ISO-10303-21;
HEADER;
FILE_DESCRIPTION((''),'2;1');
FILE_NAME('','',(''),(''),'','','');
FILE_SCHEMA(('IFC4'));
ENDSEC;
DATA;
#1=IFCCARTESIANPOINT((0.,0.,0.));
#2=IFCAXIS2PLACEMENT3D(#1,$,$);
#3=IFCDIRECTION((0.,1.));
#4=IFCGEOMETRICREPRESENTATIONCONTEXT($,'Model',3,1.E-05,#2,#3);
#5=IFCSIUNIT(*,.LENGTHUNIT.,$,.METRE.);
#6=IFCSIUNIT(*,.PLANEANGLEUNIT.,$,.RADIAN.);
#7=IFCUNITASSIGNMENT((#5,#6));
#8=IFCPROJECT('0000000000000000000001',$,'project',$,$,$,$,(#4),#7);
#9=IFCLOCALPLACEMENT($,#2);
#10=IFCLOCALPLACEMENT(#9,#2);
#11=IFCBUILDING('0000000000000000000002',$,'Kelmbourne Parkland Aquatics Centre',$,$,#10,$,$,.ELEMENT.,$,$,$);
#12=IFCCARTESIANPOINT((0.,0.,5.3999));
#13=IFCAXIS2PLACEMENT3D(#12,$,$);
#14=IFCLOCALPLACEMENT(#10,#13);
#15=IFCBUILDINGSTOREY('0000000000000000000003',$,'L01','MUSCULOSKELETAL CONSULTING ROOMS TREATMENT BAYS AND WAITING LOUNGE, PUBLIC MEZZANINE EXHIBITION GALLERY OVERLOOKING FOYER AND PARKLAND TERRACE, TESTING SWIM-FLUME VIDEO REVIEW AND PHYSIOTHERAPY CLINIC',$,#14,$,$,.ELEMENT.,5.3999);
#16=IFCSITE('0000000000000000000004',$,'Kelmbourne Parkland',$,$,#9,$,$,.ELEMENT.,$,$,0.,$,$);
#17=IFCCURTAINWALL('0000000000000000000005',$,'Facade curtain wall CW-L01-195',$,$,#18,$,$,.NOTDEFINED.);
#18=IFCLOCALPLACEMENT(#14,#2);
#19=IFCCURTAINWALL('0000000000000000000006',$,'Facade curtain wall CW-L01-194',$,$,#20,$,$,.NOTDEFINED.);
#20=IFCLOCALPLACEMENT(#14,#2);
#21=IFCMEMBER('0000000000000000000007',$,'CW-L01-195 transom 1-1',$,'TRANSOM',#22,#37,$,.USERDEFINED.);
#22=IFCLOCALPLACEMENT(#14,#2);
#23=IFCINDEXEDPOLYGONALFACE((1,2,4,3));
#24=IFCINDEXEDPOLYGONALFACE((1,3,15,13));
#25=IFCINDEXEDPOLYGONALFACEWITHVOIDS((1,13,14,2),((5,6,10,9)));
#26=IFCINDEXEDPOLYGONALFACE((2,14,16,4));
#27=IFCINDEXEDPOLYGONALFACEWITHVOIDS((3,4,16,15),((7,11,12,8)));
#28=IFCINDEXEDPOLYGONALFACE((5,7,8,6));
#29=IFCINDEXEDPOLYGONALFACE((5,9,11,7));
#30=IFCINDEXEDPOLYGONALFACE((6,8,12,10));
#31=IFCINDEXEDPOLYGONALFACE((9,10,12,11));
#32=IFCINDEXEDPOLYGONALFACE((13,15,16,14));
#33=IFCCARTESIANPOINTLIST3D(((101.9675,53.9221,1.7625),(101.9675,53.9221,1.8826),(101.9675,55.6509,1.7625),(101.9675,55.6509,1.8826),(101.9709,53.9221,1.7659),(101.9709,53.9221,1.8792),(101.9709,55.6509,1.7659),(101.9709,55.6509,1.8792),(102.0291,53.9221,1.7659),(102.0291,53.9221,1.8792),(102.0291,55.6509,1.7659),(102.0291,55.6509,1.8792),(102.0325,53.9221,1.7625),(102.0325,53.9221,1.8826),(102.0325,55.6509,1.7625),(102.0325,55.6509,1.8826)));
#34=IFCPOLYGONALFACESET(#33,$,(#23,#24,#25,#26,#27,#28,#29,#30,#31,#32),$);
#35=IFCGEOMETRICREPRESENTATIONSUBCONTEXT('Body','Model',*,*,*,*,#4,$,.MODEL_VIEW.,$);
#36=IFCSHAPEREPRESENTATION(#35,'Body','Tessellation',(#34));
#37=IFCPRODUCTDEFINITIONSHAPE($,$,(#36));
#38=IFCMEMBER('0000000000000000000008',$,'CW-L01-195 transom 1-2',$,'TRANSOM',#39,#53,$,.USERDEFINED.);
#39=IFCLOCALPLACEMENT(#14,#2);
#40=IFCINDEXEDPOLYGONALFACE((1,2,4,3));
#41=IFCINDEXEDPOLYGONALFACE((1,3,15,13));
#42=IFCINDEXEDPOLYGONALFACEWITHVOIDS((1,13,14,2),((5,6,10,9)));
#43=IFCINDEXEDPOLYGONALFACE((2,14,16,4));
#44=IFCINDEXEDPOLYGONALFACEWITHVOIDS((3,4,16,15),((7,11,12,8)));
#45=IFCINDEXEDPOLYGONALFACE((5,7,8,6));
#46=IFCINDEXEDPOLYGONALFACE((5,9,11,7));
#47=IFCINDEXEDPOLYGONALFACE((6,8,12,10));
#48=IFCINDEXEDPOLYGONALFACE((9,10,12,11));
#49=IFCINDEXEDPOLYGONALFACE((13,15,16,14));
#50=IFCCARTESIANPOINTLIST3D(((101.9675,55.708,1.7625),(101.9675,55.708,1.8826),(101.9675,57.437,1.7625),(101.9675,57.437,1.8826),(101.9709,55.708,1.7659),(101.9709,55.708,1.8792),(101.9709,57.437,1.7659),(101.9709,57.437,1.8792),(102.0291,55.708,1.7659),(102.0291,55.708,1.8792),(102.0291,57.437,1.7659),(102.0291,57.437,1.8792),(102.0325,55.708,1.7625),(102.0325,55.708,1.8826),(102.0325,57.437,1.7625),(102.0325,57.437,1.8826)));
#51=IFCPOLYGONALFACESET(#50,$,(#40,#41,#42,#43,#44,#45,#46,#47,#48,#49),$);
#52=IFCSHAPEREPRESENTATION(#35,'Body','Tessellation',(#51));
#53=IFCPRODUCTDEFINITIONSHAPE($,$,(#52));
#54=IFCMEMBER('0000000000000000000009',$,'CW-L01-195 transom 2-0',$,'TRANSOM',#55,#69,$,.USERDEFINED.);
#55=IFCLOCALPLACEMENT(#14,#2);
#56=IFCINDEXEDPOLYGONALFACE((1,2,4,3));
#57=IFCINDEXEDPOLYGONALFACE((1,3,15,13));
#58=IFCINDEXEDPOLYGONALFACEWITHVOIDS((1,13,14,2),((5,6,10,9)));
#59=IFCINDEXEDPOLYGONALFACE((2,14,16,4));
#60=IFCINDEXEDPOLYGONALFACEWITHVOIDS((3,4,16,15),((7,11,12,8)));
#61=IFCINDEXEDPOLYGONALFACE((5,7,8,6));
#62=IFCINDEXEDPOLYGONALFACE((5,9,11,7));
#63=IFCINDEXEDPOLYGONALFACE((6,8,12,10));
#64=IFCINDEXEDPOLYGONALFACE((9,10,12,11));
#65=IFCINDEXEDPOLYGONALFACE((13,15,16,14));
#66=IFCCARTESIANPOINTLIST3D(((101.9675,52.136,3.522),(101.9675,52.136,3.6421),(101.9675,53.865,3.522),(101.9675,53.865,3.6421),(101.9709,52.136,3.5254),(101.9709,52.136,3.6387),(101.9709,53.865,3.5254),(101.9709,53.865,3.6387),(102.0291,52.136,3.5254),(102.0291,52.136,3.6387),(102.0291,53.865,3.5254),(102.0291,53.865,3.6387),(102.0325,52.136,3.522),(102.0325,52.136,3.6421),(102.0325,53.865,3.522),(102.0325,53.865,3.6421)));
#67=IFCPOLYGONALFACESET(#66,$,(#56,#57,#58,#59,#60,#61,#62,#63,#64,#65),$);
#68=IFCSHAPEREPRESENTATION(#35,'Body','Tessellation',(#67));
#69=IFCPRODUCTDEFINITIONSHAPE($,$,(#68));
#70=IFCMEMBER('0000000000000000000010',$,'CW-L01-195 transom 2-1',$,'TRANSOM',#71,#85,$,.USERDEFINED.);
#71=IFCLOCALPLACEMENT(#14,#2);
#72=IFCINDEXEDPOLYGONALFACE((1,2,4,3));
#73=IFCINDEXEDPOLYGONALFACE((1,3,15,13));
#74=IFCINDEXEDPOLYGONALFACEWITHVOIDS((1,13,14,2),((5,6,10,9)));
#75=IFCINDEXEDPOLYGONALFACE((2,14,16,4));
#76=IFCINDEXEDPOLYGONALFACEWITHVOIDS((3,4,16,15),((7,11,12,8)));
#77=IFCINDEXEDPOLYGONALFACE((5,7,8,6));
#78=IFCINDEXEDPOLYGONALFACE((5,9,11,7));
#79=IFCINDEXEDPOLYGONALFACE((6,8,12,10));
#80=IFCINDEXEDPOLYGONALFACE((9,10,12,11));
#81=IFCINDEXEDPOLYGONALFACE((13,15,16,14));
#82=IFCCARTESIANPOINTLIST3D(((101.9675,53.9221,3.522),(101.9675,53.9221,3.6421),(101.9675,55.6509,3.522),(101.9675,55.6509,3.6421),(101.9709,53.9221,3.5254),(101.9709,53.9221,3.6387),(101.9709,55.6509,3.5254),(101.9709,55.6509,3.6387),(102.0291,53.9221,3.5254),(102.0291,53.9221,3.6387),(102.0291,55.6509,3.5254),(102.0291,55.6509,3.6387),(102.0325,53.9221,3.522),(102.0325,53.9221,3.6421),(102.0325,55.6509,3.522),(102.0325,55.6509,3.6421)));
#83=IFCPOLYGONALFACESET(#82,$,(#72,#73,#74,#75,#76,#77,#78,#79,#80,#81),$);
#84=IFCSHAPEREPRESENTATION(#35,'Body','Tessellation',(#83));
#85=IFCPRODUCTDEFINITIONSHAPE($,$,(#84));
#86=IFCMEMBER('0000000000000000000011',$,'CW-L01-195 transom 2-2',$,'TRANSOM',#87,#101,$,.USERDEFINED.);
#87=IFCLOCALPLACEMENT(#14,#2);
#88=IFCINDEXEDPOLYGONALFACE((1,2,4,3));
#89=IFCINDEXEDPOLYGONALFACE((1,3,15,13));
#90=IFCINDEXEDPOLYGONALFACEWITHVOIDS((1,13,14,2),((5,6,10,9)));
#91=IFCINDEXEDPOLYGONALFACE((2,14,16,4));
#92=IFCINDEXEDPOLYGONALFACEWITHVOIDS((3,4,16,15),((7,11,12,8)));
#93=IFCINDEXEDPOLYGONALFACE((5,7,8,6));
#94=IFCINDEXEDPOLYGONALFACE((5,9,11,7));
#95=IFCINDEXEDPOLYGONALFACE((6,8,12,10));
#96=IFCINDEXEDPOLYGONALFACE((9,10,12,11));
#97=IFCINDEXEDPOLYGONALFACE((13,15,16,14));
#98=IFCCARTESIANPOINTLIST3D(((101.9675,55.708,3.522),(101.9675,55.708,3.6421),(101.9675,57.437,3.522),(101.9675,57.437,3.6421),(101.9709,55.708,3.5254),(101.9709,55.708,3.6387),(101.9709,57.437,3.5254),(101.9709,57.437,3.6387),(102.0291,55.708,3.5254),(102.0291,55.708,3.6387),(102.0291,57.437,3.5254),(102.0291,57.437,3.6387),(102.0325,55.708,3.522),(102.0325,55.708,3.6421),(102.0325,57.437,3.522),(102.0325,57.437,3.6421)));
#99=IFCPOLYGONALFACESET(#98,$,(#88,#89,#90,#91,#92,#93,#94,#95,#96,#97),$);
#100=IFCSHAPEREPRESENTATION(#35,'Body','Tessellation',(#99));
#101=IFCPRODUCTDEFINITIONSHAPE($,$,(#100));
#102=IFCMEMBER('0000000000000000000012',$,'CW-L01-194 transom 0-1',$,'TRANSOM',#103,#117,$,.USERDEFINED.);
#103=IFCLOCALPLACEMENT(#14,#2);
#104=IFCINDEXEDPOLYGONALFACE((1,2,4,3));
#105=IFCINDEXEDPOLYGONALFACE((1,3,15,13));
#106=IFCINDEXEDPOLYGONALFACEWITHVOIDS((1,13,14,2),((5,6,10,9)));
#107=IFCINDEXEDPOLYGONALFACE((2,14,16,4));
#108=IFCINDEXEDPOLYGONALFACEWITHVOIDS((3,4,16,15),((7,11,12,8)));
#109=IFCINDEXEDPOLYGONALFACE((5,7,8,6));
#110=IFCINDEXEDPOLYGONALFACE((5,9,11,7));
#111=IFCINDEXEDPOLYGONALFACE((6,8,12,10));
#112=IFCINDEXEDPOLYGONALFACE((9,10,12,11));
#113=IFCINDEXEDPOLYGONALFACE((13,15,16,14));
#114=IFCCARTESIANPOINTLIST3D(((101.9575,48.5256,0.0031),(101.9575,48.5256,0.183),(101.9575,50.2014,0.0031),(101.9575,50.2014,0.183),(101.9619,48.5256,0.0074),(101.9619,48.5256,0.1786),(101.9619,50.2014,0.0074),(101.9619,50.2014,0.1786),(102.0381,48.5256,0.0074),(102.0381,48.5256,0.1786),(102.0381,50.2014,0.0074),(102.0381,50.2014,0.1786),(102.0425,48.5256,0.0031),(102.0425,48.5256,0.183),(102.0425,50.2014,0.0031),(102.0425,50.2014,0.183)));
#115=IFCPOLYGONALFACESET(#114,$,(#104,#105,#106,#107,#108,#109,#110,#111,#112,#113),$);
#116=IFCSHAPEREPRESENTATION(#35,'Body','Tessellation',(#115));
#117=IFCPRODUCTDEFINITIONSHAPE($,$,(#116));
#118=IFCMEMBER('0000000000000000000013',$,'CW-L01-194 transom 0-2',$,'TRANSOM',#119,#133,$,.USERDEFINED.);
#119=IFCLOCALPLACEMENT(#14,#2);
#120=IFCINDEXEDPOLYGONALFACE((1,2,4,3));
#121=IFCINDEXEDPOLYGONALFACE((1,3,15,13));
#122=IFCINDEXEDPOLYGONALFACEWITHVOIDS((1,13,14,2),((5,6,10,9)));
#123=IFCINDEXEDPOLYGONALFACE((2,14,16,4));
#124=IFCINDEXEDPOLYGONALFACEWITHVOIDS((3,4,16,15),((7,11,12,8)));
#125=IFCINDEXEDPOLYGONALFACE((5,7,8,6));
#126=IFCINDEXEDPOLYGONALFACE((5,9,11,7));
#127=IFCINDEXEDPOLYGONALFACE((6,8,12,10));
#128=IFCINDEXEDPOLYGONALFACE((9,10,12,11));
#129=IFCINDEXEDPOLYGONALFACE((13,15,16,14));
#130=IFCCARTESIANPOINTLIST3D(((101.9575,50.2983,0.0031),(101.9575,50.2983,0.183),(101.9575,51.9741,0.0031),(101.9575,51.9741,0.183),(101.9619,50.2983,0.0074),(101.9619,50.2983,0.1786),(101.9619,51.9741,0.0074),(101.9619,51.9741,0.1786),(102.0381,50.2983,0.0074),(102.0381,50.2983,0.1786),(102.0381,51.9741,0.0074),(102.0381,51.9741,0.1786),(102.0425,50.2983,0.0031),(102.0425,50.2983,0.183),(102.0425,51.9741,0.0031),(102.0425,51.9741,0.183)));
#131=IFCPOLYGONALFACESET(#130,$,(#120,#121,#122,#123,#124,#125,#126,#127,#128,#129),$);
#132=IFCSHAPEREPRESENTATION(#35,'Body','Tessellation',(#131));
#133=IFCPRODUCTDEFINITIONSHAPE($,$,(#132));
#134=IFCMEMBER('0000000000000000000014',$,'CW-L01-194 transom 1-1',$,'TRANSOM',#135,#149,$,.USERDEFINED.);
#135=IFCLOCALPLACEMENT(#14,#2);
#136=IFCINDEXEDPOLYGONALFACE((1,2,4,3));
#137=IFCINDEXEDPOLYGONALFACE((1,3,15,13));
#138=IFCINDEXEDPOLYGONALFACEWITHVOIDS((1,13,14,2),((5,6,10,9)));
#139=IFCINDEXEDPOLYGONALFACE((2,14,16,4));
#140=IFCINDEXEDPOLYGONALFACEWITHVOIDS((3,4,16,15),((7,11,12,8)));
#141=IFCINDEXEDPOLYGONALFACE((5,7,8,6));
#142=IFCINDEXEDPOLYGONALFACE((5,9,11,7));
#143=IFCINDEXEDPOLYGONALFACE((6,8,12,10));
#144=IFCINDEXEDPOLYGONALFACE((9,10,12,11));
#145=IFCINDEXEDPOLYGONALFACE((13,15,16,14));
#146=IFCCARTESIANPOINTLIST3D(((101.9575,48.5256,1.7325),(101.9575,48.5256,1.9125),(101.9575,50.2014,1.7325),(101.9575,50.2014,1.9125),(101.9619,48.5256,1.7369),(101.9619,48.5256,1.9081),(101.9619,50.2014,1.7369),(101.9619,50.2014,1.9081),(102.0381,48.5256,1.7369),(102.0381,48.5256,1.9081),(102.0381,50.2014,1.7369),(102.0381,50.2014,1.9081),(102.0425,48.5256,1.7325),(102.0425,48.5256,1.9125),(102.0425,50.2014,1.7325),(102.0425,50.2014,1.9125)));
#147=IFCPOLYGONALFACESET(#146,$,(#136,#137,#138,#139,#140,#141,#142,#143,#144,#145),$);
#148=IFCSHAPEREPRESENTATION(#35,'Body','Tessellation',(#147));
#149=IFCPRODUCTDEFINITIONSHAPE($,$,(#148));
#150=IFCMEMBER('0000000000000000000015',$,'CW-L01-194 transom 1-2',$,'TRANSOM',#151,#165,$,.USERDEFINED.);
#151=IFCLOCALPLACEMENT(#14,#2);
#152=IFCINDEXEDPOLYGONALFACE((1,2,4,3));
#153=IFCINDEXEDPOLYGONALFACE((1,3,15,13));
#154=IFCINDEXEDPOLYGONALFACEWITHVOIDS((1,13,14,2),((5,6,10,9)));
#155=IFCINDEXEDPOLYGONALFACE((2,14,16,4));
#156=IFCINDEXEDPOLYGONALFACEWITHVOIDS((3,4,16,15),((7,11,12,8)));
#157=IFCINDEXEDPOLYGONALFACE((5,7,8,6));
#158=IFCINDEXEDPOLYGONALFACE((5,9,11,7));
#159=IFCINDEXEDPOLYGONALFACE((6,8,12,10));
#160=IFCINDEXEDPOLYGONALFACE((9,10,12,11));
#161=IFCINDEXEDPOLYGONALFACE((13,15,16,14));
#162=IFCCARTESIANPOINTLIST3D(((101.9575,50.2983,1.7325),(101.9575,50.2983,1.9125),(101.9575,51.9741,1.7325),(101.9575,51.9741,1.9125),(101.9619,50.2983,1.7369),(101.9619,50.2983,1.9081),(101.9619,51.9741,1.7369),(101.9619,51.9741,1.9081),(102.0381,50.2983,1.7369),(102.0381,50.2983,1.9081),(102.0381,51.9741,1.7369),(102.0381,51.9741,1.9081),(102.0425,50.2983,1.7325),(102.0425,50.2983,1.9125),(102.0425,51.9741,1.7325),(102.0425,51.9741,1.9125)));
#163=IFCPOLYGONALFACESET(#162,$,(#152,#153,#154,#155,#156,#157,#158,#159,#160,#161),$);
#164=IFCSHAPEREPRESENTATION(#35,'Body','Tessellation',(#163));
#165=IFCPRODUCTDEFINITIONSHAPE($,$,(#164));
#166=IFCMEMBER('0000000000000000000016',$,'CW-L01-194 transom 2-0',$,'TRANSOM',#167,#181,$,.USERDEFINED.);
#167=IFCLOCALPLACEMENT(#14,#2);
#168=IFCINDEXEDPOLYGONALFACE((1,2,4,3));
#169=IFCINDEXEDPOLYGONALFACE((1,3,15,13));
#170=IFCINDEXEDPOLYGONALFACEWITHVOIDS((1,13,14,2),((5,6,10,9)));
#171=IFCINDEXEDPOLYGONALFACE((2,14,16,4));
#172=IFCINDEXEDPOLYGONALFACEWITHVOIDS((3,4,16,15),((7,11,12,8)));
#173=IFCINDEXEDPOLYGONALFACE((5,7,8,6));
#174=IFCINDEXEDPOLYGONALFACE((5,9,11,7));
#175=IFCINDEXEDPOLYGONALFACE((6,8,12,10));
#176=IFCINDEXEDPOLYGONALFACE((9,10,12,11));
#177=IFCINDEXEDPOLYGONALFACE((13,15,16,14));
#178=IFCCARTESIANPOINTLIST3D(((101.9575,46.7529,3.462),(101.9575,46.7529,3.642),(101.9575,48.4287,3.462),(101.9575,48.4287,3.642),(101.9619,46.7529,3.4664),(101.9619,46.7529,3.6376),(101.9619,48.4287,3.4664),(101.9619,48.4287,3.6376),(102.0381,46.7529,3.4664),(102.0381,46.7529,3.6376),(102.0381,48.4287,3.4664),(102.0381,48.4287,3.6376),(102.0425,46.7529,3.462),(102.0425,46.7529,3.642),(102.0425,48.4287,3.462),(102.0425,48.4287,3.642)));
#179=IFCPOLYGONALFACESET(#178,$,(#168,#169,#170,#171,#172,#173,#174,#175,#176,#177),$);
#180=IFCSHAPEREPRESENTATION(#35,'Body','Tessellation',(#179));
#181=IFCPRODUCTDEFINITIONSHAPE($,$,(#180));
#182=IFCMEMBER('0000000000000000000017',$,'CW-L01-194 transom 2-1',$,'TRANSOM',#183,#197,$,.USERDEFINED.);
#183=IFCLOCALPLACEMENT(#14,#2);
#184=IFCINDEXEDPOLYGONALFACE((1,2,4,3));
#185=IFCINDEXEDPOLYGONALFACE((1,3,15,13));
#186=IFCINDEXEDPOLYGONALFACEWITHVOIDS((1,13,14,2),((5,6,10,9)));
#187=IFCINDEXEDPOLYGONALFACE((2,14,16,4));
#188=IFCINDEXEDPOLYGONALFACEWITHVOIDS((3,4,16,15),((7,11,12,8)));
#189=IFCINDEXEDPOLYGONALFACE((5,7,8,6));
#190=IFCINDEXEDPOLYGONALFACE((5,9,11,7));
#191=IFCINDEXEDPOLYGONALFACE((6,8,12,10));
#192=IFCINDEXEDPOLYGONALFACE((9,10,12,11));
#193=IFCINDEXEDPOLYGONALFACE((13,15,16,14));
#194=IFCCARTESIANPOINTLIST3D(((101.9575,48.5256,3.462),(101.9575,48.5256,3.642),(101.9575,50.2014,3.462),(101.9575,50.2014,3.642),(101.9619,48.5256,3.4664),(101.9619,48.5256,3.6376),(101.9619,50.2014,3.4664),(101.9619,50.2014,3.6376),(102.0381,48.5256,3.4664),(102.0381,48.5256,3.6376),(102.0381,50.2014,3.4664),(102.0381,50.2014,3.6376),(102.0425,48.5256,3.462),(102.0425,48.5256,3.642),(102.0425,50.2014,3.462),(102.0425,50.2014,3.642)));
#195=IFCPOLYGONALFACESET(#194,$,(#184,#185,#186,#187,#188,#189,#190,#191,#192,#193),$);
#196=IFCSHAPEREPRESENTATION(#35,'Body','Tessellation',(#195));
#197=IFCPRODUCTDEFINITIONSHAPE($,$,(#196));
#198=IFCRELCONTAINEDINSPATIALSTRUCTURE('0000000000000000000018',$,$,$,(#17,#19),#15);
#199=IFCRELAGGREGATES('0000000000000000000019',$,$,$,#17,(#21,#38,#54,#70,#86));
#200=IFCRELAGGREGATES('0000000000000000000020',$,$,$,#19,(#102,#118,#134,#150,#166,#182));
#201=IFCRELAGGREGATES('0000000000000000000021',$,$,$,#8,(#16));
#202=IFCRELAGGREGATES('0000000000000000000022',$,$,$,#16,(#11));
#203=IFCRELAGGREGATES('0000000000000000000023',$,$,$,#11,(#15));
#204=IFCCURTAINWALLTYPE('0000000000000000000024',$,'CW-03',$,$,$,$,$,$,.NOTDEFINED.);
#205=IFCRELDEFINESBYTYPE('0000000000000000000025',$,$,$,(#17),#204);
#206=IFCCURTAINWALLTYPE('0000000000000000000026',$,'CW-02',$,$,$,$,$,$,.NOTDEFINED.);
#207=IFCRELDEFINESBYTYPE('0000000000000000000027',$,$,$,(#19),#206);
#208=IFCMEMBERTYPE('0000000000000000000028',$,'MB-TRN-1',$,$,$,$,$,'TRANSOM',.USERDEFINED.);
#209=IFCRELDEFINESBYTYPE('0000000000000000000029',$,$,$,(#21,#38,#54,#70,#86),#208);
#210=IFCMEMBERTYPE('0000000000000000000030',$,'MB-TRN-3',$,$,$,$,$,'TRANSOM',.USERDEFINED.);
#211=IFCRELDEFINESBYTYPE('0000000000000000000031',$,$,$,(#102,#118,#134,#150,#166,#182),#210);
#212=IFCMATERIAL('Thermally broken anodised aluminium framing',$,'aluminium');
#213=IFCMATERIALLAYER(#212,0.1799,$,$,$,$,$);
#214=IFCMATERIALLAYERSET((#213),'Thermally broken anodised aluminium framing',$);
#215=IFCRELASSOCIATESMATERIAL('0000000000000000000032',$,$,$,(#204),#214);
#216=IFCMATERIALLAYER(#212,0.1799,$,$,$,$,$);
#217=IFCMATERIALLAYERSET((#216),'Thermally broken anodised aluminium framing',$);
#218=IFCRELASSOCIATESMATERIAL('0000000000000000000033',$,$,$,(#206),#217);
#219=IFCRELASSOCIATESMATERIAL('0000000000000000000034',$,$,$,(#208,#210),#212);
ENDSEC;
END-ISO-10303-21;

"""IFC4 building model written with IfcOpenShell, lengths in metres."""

from ifc_helpers import new_model, si_unit, direction, frame, origin, origin_2d, place, context, subcontext, project, spatial, hollow_rectangle, extrude, material, layer, layer_set, material_profile, profile_set, type_object, element, aggregate, save


model = new_model("IFC4")

# Units and contexts
model_context = context("Model", 3, precision=1e-05, world=origin(), true_north=direction((0.0, 1.0)))
body_context = subcontext(model_context, "Body", "Model", "MODEL_VIEW")
ifc_project = project(units=[si_unit("LENGTHUNIT", "METRE"), si_unit("PLANEANGLEUNIT", "RADIAN")], contexts=[model_context])

# Site, building, storey
site_placement = place(None, origin())
site = spatial("IfcSite", under=ifc_project, at=site_placement, Name="Kelmbourne Parkland", CompositionType="ELEMENT", RefElevation=0.0)
building_placement = place(site_placement, origin())
building = spatial("IfcBuilding", under=site, at=building_placement, Name="Kelmbourne Parkland Aquatics Centre", CompositionType="ELEMENT")
storey_placement = place(building_placement, frame((0.0, 0.0, 5.3999)))
storey = spatial("IfcBuildingStorey", under=building, at=storey_placement, Name="L01", Description="MUSCULOSKELETAL CONSULTING ROOMS TREATMENT BAYS AND WAITING LOUNGE, PUBLIC MEZZANINE EXHIBITION GALLERY OVERLOOKING FOYER AND PARKLAND TERRACE, TESTING SWIM-FLUME VIDEO REVIEW AND PHYSIOTHERAPY CLINIC", CompositionType="ELEMENT", Elevation=5.3999)

# Curtain walls
ifc_material_1 = material(Name="Thermally broken anodised aluminium framing", Category="aluminium")
ifc_layer_1 = layer(ifc_material_1, 0.1799)
ifc_layer_set_1 = layer_set([ifc_layer_1], Name="Thermally broken anodised aluminium framing")
curtain_wall_type_1 = type_object("IfcCurtainWallType", Name="CW-03", PredefinedType="NOTDEFINED", material=ifc_layer_set_1)
curtain_wall_1_placement = place(storey_placement, origin())
curtain_wall_1 = element("IfcCurtainWall", 1, at=curtain_wall_1_placement, inside=storey, type_object=curtain_wall_type_1, Name="Facade curtain wall CW-L01-195", PredefinedType="NOTDEFINED")
ifc_layer_2 = layer(ifc_material_1, 0.1799)
ifc_layer_set_2 = layer_set([ifc_layer_2], Name="Thermally broken anodised aluminium framing")
curtain_wall_type_2 = type_object("IfcCurtainWallType", Name="CW-02", PredefinedType="NOTDEFINED", material=ifc_layer_set_2)
curtain_wall_2_placement = place(storey_placement, origin())
curtain_wall_2 = element("IfcCurtainWall", 2, at=curtain_wall_2_placement, inside=storey, type_object=curtain_wall_type_2, Name="Facade curtain wall CW-L01-194", PredefinedType="NOTDEFINED")

# Members
ifc_material_profile_1 = material_profile(ifc_material_1, hollow_rectangle(XDim=0.0649, YDim=0.1201, WallThickness=0.0034, at=origin_2d()), Name="CW-T 65x120")
ifc_profile_set_1 = profile_set([ifc_material_profile_1], Name="Thermally broken anodised aluminium framing")
member_type_1 = type_object("IfcMemberType", Name="MB-TRN-1", ElementType="TRANSOM", PredefinedType="USERDEFINED", material=ifc_profile_set_1)
member_1_placement = place(storey_placement, frame((102.0, 53.9221, 1.8225), z_axis=(0.0, 1.0, 0.0), x_axis=(-1.0, 0.0, 0.0)))
member_1 = element("IfcMember", 3, at=member_1_placement, type_object=member_type_1, Name="CW-L01-195 transom 1-1", ObjectType="TRANSOM", PredefinedType="USERDEFINED", context=body_context, shape_type="SweptSolid", body=[
    extrude(hollow_rectangle(XDim=0.0649, YDim=0.1201, WallThickness=0.0034, at=origin_2d()), origin(), (0.0, 0.0, 1.0), 1.7288),
])
member_2_placement = place(storey_placement, frame((102.0, 55.708, 1.8225), z_axis=(0.0, 1.0, 0.0), x_axis=(-1.0, 0.0, 0.0)))
member_2 = element("IfcMember", 4, at=member_2_placement, type_object=member_type_1, Name="CW-L01-195 transom 1-2", ObjectType="TRANSOM", PredefinedType="USERDEFINED", context=body_context, shape_type="SweptSolid", body=[
    extrude(hollow_rectangle(XDim=0.0649, YDim=0.1201, WallThickness=0.0034, at=origin_2d()), origin(), (0.0, 0.0, 1.0), 1.729),
])
member_3_placement = place(storey_placement, frame((102.0, 52.136, 3.582), z_axis=(0.0, 1.0, 0.0), x_axis=(-1.0, 0.0, 0.0)))
member_3 = element("IfcMember", 5, at=member_3_placement, type_object=member_type_1, Name="CW-L01-195 transom 2-0", ObjectType="TRANSOM", PredefinedType="USERDEFINED", context=body_context, shape_type="SweptSolid", body=[
    extrude(hollow_rectangle(XDim=0.0649, YDim=0.1201, WallThickness=0.0034, at=origin_2d()), origin(), (0.0, 0.0, 1.0), 1.729),
])
member_4_placement = place(storey_placement, frame((102.0, 53.9221, 3.582), z_axis=(0.0, 1.0, 0.0), x_axis=(-1.0, 0.0, 0.0)))
member_4 = element("IfcMember", 6, at=member_4_placement, type_object=member_type_1, Name="CW-L01-195 transom 2-1", ObjectType="TRANSOM", PredefinedType="USERDEFINED", context=body_context, shape_type="SweptSolid", body=[
    extrude(hollow_rectangle(XDim=0.0649, YDim=0.1201, WallThickness=0.0034, at=origin_2d()), origin(), (0.0, 0.0, 1.0), 1.7288),
])
member_5_placement = place(storey_placement, frame((102.0, 55.708, 3.582), z_axis=(0.0, 1.0, 0.0), x_axis=(-1.0, 0.0, 0.0)))
member_5 = element("IfcMember", 7, at=member_5_placement, type_object=member_type_1, Name="CW-L01-195 transom 2-2", ObjectType="TRANSOM", PredefinedType="USERDEFINED", context=body_context, shape_type="SweptSolid", body=[
    extrude(hollow_rectangle(XDim=0.0649, YDim=0.1201, WallThickness=0.0034, at=origin_2d()), origin(), (0.0, 0.0, 1.0), 1.729),
])
ifc_material_profile_2 = material_profile(ifc_material_1, hollow_rectangle(XDim=0.085, YDim=0.1799, WallThickness=0.0044, at=origin_2d()), Name="CW-T 85x180")
ifc_profile_set_2 = profile_set([ifc_material_profile_2], Name="Thermally broken anodised aluminium framing")
member_type_2 = type_object("IfcMemberType", Name="MB-TRN-3", ElementType="TRANSOM", PredefinedType="USERDEFINED", material=ifc_profile_set_2)
member_6_placement = place(storey_placement, frame((102.0, 48.5256, 0.093), z_axis=(0.0, 1.0, 0.0), x_axis=(-1.0, 0.0, 0.0)))
member_6 = element("IfcMember", 8, at=member_6_placement, type_object=member_type_2, Name="CW-L01-194 transom 0-1", ObjectType="TRANSOM", PredefinedType="USERDEFINED", context=body_context, shape_type="SweptSolid", body=[
    extrude(hollow_rectangle(XDim=0.085, YDim=0.1799, WallThickness=0.0044, at=origin_2d()), origin(), (0.0, 0.0, 1.0), 1.6758),
])
member_7_placement = place(storey_placement, frame((102.0, 50.2983, 0.093), z_axis=(0.0, 1.0, 0.0), x_axis=(-1.0, 0.0, 0.0)))
member_7 = element("IfcMember", 9, at=member_7_placement, type_object=member_type_2, Name="CW-L01-194 transom 0-2", ObjectType="TRANSOM", PredefinedType="USERDEFINED", context=body_context, shape_type="SweptSolid", body=[
    extrude(hollow_rectangle(XDim=0.085, YDim=0.1799, WallThickness=0.0044, at=origin_2d()), origin(), (0.0, 0.0, 1.0), 1.6758),
])
member_8_placement = place(storey_placement, frame((102.0, 48.5256, 1.8225), z_axis=(0.0, 1.0, 0.0), x_axis=(-1.0, 0.0, 0.0)))
member_8 = element("IfcMember", 10, at=member_8_placement, type_object=member_type_2, Name="CW-L01-194 transom 1-1", ObjectType="TRANSOM", PredefinedType="USERDEFINED", context=body_context, shape_type="SweptSolid", body=[
    extrude(hollow_rectangle(XDim=0.085, YDim=0.1799, WallThickness=0.0044, at=origin_2d()), origin(), (0.0, 0.0, 1.0), 1.6758),
])
member_9_placement = place(storey_placement, frame((102.0, 50.2983, 1.8225), z_axis=(0.0, 1.0, 0.0), x_axis=(-1.0, 0.0, 0.0)))
member_9 = element("IfcMember", 11, at=member_9_placement, type_object=member_type_2, Name="CW-L01-194 transom 1-2", ObjectType="TRANSOM", PredefinedType="USERDEFINED", context=body_context, shape_type="SweptSolid", body=[
    extrude(hollow_rectangle(XDim=0.085, YDim=0.1799, WallThickness=0.0044, at=origin_2d()), origin(), (0.0, 0.0, 1.0), 1.6758),
])
member_10_placement = place(storey_placement, frame((102.0, 46.7529, 3.552), z_axis=(0.0, 1.0, 0.0), x_axis=(-1.0, 0.0, 0.0)))
member_10 = element("IfcMember", 12, at=member_10_placement, type_object=member_type_2, Name="CW-L01-194 transom 2-0", ObjectType="TRANSOM", PredefinedType="USERDEFINED", context=body_context, shape_type="SweptSolid", body=[
    extrude(hollow_rectangle(XDim=0.085, YDim=0.1799, WallThickness=0.0044, at=origin_2d()), origin(), (0.0, 0.0, 1.0), 1.6758),
])
member_11_placement = place(storey_placement, frame((102.0, 48.5256, 3.552), z_axis=(0.0, 1.0, 0.0), x_axis=(-1.0, 0.0, 0.0)))
member_11 = element("IfcMember", 13, at=member_11_placement, type_object=member_type_2, Name="CW-L01-194 transom 2-1", ObjectType="TRANSOM", PredefinedType="USERDEFINED", context=body_context, shape_type="SweptSolid", body=[
    extrude(hollow_rectangle(XDim=0.085, YDim=0.1799, WallThickness=0.0044, at=origin_2d()), origin(), (0.0, 0.0, 1.0), 1.6758),
])

aggregate(curtain_wall_1, [member_1, member_2, member_3, member_4, member_5])
aggregate(curtain_wall_2, [member_6, member_7, member_8, member_9, member_10, member_11])

save(model, "model.ifc")
